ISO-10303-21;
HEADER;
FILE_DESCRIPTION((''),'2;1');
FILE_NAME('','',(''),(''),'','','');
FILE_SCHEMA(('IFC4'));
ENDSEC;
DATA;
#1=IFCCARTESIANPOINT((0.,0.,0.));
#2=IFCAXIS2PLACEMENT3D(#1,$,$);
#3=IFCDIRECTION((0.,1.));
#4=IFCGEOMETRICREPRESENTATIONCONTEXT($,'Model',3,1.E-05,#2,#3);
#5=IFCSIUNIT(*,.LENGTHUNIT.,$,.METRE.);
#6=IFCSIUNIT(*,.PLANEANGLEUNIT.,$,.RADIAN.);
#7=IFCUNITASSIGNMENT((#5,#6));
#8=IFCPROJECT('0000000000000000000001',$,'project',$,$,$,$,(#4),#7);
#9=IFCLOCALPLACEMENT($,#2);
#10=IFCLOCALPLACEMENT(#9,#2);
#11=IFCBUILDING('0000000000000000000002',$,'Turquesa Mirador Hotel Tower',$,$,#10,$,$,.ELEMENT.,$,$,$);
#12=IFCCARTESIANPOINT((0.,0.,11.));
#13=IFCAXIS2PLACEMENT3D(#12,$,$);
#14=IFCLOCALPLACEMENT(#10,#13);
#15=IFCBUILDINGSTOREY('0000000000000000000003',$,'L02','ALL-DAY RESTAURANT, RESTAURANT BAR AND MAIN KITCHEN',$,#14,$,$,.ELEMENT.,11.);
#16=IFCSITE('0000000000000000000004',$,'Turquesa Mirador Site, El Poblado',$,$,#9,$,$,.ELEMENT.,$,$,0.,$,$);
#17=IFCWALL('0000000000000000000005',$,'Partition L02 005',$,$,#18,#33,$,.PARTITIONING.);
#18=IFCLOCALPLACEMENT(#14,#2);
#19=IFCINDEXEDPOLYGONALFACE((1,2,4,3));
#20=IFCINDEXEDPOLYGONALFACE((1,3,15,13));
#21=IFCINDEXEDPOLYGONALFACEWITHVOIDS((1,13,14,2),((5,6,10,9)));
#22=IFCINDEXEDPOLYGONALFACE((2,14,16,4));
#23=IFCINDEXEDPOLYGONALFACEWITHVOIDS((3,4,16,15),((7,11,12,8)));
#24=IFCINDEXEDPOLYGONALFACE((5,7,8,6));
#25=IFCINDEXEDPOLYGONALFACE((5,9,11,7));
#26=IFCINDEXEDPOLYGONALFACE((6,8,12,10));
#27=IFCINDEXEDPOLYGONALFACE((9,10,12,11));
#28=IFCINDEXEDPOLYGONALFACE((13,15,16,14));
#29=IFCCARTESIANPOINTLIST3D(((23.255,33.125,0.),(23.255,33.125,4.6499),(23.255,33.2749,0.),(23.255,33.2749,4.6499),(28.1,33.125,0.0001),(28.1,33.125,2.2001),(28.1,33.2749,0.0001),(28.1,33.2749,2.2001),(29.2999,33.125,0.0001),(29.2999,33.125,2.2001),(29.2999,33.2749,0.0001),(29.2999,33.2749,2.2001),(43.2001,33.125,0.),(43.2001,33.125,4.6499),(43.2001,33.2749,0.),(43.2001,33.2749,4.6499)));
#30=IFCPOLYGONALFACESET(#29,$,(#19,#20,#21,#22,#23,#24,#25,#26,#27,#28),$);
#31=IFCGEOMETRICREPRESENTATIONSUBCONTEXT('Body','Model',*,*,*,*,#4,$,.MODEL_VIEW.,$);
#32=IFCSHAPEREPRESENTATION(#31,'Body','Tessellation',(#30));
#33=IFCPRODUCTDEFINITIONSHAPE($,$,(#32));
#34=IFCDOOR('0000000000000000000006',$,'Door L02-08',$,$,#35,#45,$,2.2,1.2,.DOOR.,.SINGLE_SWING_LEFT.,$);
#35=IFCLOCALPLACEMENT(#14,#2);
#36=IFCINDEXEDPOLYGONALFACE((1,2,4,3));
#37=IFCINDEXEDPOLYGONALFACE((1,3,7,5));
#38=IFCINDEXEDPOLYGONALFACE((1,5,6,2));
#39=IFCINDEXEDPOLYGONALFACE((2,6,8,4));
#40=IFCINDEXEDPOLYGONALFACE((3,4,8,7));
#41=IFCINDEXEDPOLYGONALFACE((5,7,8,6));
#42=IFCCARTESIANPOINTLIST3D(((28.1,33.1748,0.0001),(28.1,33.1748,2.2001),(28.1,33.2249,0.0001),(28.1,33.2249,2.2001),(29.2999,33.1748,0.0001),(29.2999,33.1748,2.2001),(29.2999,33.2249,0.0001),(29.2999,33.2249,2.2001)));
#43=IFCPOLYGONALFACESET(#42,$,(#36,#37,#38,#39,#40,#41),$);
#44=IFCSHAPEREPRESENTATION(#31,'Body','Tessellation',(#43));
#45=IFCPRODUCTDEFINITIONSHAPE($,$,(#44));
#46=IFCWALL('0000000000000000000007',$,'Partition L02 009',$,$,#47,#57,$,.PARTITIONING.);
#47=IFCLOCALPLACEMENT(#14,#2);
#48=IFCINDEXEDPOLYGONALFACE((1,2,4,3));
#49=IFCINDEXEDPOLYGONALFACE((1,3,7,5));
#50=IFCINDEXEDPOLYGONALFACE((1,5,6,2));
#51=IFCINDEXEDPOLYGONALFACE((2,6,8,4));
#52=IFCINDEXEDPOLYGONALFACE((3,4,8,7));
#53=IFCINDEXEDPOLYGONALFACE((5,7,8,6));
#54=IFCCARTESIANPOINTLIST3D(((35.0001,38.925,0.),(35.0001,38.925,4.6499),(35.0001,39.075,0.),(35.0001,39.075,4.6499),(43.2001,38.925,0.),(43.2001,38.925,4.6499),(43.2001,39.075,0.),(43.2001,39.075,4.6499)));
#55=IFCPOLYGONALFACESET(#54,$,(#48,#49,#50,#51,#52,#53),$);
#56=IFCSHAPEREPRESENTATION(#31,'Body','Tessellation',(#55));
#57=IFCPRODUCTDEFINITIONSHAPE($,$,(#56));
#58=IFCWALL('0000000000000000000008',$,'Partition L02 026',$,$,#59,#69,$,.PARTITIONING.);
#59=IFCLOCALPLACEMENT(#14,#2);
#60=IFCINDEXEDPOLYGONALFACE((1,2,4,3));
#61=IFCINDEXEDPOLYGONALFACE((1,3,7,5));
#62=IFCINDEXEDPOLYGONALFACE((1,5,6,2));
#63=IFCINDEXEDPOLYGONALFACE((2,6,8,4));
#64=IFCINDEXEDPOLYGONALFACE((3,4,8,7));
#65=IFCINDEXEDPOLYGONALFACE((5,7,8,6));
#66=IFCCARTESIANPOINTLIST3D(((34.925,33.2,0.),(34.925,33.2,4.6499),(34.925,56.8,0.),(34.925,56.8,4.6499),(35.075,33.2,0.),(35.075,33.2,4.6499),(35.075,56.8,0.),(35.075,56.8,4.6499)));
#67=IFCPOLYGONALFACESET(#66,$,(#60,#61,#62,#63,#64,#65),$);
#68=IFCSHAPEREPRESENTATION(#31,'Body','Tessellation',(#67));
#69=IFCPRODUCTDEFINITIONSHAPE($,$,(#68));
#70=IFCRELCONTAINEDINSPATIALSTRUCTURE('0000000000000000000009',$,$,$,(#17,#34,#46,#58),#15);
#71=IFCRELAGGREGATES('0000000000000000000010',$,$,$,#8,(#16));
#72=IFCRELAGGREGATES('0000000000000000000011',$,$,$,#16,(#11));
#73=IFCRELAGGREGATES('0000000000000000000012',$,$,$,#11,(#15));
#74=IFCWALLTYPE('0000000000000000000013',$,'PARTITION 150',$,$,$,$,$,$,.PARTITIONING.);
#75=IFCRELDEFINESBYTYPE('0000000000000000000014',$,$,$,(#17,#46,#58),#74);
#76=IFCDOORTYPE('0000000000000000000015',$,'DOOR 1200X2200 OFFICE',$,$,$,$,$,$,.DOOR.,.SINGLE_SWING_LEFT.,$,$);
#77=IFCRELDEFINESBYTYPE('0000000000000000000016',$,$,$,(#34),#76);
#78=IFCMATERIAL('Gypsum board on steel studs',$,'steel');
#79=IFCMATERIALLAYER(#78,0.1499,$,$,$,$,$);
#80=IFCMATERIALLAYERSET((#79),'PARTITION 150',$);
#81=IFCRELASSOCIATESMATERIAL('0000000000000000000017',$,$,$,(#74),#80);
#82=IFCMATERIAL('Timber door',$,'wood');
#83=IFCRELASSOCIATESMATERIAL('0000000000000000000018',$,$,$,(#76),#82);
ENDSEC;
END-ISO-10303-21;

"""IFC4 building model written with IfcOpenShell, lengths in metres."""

from ifc_helpers import new_model, si_unit, direction, frame, frame_2d, origin, place, context, subcontext, project, spatial, rectangle, extrude, material, layer, layer_set, type_object, element, fill, save


model = new_model("IFC4")

# Units and contexts
model_context = context("Model", 3, precision=1e-05, world=origin(), true_north=direction((0.0, 1.0)))
body_context = subcontext(model_context, "Body", "Model", "MODEL_VIEW")
ifc_project = project(units=[si_unit("LENGTHUNIT", "METRE"), si_unit("PLANEANGLEUNIT", "RADIAN")], contexts=[model_context])

# Site, building, storey
site_placement = place(None, origin())
site = spatial("IfcSite", under=ifc_project, at=site_placement, Name="Turquesa Mirador Site, El Poblado", CompositionType="ELEMENT", RefElevation=0.0)
building_placement = place(site_placement, origin())
building = spatial("IfcBuilding", under=site, at=building_placement, Name="Turquesa Mirador Hotel Tower", CompositionType="ELEMENT")
storey_placement = place(building_placement, frame((0.0, 0.0, 11.0)))
storey = spatial("IfcBuildingStorey", under=building, at=storey_placement, Name="L02", Description="ALL-DAY RESTAURANT, RESTAURANT BAR AND MAIN KITCHEN", CompositionType="ELEMENT", Elevation=11.0)

# Shared definitions
ifc_material_1 = material(Name="Gypsum board on steel studs", Category="steel")
ifc_layer = layer(ifc_material_1, 0.1499)
ifc_layer_set = layer_set([ifc_layer], Name="PARTITION 150")
wall_type = type_object("IfcWallType", Name="PARTITION 150", PredefinedType="PARTITIONING", material=ifc_layer_set)

# Wall, opening, door
wall_1_placement = place(storey_placement, frame((23.2549, 33.2, 0.0), z_axis=(0.0, 0.0, 1.0), x_axis=(1.0, 0.0, 0.0)))
wall_1 = element("IfcWall", 1, at=wall_1_placement, inside=storey, type_object=wall_type, Name="Partition L02 005", PredefinedType="PARTITIONING", context=body_context, shape_type="SweptSolid", body=[
    extrude(rectangle(XDim=19.9451, YDim=0.1499, at=frame_2d((9.9727, 0.0))), origin(), (0.0, 0.0, 1.0), 4.6499),
])
opening_placement = place(wall_1_placement, frame((4.845, 0.0, 0.0)))
opening = element("IfcOpeningElement", 2, at=opening_placement, cuts=wall_1, PredefinedType="OPENING", context=body_context, shape_type="SweptSolid", body=[
    extrude(rectangle(XDim=1.2, YDim=2.2, at=frame_2d((0.6001, 1.1001))), frame((0.0, 0.085, 0.0), z_axis=(0.0, -1.0, 0.0), x_axis=(1.0, 0.0, 0.0)), (0.0, 0.0, 1.0), 0.1699),
])
ifc_material_2 = material(Name="Timber door", Category="wood")
door_type = type_object("IfcDoorType", Name="DOOR 1200X2200 OFFICE", OperationType="SINGLE_SWING_LEFT", PredefinedType="DOOR", material=ifc_material_2)
door_placement = place(opening_placement, origin())
door = element("IfcDoor", 3, at=door_placement, inside=storey, type_object=door_type, Name="Door L02-08", OperationType="SINGLE_SWING_LEFT", OverallHeight=2.2, OverallWidth=1.2, PredefinedType="DOOR", context=body_context, shape_type="SweptSolid", body=[
    extrude(rectangle(XDim=1.2, YDim=2.2, at=frame_2d((0.6001, 1.1001))), frame((0.0, 0.0249, 0.0), z_axis=(0.0, -1.0, 0.0), x_axis=(1.0, 0.0, 0.0)), (0.0, 0.0, 1.0), 0.05),
])
fill(opening, door)

# Walls
wall_2_placement = place(storey_placement, frame((35.0, 39.0, 0.0), z_axis=(0.0, 0.0, 1.0), x_axis=(1.0, 0.0, 0.0)))
element("IfcWall", 4, at=wall_2_placement, inside=storey, type_object=wall_type, Name="Partition L02 009", PredefinedType="PARTITIONING", context=body_context, shape_type="SweptSolid", body=[
    extrude(rectangle(XDim=8.2, YDim=0.1499, at=frame_2d((4.1001, 0.0))), origin(), (0.0, 0.0, 1.0), 4.6499),
])
wall_3_placement = place(storey_placement, frame((35.0, 33.2, 0.0), z_axis=(0.0, 0.0, 1.0), x_axis=(0.0, 1.0, 0.0)))
element("IfcWall", 5, at=wall_3_placement, inside=storey, type_object=wall_type, Name="Partition L02 026", PredefinedType="PARTITIONING", context=body_context, shape_type="SweptSolid", body=[
    extrude(rectangle(XDim=23.6001, YDim=0.1499, at=frame_2d((11.8, 0.0))), origin(), (0.0, 0.0, 1.0), 4.6499),
])

save(model, "model.ifc")
